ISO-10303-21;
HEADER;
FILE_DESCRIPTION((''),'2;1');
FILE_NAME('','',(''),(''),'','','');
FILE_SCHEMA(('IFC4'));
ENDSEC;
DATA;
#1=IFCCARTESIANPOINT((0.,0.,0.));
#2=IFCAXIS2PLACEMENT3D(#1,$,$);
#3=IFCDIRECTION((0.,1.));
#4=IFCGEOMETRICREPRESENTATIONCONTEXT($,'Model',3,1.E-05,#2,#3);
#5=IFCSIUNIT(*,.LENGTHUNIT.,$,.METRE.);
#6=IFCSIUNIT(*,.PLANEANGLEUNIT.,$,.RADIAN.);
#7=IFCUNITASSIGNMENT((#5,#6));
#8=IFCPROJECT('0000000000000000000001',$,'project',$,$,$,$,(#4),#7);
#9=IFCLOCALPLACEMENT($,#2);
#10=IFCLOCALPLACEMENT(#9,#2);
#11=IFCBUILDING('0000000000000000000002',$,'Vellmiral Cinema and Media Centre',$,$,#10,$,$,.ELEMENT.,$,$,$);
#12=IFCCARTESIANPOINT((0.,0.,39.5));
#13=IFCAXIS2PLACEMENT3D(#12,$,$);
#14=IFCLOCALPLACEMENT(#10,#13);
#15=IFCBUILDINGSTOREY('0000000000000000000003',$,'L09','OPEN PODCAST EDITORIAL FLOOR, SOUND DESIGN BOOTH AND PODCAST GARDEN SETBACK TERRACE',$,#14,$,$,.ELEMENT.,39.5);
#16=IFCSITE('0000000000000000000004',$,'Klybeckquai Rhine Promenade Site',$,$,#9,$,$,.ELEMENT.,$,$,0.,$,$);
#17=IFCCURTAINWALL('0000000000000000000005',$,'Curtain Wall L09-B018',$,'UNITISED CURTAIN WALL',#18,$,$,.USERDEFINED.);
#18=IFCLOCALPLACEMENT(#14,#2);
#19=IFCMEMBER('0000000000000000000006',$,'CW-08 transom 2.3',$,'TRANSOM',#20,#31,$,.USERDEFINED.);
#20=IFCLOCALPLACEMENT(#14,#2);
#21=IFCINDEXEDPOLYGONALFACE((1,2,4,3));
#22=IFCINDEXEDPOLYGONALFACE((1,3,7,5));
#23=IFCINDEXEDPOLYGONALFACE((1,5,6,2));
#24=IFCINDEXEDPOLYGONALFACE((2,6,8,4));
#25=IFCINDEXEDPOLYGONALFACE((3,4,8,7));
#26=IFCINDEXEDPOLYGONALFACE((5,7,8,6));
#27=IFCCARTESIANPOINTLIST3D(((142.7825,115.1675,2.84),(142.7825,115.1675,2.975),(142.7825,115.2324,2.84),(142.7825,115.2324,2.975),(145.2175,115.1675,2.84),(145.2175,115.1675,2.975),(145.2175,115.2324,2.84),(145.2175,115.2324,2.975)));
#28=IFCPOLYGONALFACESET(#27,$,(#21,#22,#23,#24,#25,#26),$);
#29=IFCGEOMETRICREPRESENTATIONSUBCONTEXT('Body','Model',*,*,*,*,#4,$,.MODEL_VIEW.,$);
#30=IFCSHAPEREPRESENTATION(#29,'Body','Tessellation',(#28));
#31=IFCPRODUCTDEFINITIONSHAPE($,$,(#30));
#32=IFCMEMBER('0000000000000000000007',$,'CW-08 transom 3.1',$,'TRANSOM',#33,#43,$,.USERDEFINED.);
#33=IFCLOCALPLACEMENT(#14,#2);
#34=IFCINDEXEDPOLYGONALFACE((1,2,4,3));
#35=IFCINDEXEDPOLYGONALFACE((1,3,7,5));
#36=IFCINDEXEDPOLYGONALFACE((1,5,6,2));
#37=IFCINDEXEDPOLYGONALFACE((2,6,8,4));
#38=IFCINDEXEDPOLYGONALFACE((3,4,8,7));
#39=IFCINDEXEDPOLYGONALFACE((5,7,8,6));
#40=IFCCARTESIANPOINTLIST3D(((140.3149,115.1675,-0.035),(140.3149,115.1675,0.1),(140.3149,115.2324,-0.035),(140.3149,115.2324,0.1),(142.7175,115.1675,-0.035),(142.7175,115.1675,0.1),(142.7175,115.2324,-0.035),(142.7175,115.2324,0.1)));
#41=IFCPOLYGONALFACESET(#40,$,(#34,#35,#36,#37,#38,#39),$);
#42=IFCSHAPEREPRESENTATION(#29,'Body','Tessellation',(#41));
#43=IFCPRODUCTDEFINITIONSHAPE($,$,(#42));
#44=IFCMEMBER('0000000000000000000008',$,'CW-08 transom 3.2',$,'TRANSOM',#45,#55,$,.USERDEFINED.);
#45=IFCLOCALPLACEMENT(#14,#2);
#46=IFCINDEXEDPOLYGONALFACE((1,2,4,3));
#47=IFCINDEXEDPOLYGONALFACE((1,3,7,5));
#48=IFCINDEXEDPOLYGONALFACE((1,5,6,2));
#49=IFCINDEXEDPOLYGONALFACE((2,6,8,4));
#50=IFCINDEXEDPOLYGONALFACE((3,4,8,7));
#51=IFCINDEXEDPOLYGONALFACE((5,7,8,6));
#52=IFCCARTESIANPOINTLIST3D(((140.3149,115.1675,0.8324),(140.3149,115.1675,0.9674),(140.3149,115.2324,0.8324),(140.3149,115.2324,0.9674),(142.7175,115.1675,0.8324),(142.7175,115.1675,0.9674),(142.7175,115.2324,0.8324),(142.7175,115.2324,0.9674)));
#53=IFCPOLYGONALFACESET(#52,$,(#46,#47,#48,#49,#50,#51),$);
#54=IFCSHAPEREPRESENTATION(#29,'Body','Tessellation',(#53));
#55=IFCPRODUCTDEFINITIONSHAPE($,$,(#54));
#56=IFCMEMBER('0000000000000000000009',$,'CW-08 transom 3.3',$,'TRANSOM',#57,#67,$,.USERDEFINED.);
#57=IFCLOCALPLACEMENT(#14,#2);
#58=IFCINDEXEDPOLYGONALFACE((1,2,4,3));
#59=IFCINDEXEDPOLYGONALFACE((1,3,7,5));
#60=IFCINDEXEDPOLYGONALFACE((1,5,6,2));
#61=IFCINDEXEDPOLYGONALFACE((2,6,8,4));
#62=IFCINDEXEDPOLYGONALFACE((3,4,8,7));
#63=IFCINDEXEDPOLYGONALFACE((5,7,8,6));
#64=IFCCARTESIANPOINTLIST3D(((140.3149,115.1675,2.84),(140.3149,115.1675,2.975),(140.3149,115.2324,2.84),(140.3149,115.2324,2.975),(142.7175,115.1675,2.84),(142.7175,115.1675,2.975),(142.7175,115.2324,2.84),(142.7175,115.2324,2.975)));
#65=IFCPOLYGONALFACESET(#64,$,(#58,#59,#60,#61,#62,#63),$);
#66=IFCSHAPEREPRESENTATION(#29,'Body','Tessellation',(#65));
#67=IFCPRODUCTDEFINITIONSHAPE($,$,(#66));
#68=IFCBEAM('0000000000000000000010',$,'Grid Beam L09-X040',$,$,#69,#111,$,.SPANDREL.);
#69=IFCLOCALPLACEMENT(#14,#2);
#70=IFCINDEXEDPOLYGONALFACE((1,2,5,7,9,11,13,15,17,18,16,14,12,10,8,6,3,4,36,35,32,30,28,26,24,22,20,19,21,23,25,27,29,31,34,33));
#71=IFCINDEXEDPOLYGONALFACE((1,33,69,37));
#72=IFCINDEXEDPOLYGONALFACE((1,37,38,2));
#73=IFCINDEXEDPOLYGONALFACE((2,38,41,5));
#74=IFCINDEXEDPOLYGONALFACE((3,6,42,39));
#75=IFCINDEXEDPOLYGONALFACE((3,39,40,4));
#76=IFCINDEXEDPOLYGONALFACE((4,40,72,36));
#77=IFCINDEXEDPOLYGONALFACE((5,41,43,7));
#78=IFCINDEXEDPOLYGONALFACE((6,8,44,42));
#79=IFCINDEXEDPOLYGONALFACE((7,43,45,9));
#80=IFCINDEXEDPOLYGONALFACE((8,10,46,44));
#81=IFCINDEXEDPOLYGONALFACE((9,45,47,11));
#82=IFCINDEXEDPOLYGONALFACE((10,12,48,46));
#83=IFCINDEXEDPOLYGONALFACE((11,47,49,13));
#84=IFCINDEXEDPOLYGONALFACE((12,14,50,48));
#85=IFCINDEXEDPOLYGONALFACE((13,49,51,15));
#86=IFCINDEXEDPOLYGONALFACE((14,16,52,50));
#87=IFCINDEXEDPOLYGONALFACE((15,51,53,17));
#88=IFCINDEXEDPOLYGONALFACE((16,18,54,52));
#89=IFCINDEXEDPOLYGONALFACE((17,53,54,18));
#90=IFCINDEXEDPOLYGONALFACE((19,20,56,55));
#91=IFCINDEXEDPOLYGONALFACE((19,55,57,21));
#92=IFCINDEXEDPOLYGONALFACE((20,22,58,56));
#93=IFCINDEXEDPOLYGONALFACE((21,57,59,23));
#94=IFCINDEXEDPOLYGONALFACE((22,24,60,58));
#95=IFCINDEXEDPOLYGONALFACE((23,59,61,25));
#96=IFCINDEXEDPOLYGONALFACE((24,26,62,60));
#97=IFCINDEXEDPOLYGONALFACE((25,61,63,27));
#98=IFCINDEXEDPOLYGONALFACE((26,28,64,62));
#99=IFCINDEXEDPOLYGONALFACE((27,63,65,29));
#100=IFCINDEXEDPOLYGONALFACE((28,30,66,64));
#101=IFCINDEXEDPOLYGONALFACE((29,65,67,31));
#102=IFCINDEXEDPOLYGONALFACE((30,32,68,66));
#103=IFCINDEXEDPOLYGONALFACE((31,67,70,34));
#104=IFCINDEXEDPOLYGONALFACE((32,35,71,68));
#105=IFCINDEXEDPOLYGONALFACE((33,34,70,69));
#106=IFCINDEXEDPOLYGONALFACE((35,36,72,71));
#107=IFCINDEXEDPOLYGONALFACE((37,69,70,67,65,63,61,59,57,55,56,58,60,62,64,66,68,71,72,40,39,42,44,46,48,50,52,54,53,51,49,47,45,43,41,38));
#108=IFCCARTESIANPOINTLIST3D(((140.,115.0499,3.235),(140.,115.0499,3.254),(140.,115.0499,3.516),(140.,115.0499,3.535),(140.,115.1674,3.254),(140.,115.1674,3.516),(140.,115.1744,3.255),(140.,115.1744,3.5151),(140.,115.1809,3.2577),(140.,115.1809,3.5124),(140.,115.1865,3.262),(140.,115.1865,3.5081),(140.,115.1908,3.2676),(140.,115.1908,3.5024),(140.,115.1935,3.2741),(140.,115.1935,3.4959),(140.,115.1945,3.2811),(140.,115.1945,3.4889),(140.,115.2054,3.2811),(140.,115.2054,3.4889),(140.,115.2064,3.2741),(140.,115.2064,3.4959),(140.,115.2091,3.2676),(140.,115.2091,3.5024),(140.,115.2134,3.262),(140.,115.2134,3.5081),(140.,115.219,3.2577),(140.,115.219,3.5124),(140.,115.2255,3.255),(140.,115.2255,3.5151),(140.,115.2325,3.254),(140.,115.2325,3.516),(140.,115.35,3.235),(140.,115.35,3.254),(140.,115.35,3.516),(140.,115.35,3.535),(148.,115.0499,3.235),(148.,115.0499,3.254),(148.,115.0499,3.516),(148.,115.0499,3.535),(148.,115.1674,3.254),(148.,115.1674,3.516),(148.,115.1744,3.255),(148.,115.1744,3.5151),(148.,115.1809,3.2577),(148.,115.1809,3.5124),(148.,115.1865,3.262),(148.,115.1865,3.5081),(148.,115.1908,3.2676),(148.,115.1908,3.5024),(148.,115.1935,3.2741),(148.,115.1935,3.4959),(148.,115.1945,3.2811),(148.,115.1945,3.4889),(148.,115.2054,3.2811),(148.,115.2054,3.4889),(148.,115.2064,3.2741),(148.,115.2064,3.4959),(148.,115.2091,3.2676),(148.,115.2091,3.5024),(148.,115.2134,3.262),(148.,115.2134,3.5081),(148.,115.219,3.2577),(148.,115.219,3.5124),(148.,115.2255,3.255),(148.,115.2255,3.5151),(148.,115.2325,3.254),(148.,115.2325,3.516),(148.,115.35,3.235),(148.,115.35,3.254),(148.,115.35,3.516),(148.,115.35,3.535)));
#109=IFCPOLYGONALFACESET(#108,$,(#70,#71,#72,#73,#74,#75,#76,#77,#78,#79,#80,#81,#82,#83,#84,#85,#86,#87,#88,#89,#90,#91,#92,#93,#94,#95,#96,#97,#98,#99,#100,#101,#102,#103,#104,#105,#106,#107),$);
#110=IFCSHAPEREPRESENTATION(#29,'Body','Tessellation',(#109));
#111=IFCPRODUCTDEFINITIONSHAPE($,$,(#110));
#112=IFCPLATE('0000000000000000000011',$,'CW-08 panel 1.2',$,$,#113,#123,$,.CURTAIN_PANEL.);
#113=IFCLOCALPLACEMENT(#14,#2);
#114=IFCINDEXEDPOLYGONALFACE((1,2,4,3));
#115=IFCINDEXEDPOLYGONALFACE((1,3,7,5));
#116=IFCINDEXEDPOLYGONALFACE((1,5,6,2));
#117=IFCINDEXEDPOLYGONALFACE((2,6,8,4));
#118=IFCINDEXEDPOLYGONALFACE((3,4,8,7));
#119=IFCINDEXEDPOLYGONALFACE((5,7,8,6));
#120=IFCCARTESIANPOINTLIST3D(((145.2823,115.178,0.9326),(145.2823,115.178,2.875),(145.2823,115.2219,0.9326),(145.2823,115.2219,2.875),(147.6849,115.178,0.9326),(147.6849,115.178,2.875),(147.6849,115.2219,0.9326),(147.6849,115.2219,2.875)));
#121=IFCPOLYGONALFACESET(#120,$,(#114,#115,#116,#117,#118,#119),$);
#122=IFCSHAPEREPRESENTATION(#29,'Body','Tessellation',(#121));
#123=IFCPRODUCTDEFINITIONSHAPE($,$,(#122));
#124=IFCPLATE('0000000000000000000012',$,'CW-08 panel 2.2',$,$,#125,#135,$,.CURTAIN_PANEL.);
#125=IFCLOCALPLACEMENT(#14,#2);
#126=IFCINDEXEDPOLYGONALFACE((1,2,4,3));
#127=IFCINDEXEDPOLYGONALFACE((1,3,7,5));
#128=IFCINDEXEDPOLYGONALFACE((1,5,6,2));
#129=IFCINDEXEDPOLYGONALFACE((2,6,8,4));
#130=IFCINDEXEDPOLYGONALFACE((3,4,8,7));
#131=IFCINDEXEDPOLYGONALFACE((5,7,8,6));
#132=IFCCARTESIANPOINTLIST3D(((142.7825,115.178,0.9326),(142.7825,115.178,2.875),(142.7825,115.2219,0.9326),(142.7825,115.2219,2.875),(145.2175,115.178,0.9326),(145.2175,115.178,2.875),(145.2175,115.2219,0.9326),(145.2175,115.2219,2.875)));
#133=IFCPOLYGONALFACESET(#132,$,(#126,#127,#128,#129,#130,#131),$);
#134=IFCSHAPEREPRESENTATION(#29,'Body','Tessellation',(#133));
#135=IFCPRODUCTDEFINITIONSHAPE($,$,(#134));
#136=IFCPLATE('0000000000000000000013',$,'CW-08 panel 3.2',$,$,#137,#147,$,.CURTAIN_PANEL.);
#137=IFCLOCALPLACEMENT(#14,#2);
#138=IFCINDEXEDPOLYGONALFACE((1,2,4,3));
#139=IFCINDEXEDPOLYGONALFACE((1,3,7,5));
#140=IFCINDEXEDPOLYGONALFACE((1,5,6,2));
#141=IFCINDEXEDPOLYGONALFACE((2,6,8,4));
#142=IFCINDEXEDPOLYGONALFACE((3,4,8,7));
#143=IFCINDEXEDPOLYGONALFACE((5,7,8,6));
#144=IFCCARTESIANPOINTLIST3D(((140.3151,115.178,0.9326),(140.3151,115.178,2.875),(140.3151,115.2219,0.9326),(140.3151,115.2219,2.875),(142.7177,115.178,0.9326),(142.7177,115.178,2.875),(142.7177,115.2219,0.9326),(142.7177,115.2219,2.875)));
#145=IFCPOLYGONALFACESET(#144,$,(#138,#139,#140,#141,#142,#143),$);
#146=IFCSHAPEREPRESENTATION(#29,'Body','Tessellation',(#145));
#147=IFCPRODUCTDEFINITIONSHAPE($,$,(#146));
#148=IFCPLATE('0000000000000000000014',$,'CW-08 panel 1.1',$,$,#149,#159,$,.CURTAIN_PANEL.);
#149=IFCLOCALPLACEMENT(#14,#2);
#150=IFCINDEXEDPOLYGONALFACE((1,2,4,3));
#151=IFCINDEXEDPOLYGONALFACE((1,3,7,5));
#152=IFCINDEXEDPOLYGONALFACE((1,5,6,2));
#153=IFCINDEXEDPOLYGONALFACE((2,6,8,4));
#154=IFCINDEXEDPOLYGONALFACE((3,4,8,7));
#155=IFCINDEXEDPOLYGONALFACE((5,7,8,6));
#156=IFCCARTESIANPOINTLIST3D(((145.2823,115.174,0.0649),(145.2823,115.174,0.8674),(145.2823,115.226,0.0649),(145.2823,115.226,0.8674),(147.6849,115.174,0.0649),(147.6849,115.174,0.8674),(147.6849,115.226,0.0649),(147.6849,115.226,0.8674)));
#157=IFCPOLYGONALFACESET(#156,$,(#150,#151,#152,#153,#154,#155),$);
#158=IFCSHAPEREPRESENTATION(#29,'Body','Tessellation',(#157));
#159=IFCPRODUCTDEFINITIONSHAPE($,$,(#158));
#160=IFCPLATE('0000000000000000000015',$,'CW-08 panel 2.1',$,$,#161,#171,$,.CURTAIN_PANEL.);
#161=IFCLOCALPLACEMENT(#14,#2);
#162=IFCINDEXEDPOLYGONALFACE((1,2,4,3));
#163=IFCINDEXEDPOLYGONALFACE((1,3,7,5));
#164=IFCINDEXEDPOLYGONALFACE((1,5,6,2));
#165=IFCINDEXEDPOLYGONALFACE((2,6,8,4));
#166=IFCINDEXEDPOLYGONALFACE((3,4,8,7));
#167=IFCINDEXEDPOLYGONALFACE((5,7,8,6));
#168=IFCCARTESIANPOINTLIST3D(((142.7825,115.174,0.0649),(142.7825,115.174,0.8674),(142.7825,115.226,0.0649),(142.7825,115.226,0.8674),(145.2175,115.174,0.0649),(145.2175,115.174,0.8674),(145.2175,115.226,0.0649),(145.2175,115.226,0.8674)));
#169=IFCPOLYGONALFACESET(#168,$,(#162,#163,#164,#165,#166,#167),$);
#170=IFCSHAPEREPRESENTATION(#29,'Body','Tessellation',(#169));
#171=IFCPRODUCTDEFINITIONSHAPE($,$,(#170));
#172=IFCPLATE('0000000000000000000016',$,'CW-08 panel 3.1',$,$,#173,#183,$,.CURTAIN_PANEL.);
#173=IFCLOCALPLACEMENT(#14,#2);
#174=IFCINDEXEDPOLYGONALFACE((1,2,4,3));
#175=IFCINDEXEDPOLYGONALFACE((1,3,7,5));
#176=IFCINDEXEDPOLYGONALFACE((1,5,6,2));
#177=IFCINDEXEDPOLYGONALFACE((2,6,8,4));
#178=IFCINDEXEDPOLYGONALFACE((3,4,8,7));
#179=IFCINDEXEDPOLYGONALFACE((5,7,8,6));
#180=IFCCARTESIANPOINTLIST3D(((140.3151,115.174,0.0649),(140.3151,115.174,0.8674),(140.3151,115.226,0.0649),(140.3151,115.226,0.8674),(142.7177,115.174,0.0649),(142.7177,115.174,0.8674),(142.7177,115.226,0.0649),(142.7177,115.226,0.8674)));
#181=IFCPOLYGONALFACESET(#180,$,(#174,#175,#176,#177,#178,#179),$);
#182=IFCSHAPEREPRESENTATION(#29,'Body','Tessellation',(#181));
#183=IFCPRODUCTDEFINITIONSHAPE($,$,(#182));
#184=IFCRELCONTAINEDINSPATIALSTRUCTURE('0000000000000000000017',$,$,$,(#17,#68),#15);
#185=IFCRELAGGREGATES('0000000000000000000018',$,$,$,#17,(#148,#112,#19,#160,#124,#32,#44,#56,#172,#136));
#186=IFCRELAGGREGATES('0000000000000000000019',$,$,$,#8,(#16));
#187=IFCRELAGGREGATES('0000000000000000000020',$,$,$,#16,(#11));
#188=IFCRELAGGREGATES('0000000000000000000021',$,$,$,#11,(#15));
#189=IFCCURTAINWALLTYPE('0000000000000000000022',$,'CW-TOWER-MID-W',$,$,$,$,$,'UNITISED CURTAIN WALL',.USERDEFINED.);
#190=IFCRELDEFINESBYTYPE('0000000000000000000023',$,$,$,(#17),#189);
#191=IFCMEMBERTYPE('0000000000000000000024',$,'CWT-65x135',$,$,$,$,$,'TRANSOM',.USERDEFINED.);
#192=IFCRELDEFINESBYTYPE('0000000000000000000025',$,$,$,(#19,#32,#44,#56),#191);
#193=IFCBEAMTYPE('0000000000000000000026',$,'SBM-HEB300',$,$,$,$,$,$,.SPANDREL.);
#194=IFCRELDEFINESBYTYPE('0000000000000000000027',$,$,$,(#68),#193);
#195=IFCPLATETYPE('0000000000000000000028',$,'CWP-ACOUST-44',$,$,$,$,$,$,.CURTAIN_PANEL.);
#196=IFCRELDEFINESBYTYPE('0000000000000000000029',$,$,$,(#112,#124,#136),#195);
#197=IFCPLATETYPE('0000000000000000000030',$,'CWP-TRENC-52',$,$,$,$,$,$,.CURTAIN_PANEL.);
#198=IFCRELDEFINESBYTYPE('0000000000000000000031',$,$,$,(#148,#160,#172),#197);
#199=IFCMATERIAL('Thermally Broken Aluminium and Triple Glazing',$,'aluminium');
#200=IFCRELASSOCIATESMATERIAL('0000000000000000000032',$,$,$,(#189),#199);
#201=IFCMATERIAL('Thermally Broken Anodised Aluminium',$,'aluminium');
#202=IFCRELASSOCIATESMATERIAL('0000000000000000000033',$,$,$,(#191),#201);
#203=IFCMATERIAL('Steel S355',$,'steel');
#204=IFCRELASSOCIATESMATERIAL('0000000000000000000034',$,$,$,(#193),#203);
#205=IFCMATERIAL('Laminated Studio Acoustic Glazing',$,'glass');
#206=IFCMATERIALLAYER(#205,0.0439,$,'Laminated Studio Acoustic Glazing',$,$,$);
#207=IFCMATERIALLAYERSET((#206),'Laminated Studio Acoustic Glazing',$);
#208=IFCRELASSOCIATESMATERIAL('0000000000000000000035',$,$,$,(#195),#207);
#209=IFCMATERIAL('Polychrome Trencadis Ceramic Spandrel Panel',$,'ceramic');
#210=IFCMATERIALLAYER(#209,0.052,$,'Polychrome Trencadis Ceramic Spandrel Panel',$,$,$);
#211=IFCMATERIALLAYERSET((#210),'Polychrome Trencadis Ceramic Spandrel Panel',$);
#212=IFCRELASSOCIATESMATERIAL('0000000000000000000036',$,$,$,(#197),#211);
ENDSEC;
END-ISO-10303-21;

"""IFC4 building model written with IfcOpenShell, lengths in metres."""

from ifc_helpers import new_model, si_unit, direction, frame, origin, origin_2d, place, context, subcontext, project, spatial, rectangle, i_section, extrude, material, layer, layer_set, material_profile, profile_set, type_object, element, aggregate, save


model = new_model("IFC4")

# Units and contexts
model_context = context("Model", 3, precision=1e-05, world=origin(), true_north=direction((0.0, 1.0)))
body_context = subcontext(model_context, "Body", "Model", "MODEL_VIEW")
ifc_project = project(units=[si_unit("LENGTHUNIT", "METRE"), si_unit("PLANEANGLEUNIT", "RADIAN")], contexts=[model_context])

# Site, building, storey
site_placement = place(None, origin())
site = spatial("IfcSite", under=ifc_project, at=site_placement, Name="Klybeckquai Rhine Promenade Site", CompositionType="ELEMENT", RefElevation=0.0)
building_placement = place(site_placement, origin())
building = spatial("IfcBuilding", under=site, at=building_placement, Name="Vellmiral Cinema and Media Centre", CompositionType="ELEMENT")
storey_placement = place(building_placement, frame((0.0, 0.0, 39.5)))
storey = spatial("IfcBuildingStorey", under=building, at=storey_placement, Name="L09", Description="OPEN PODCAST EDITORIAL FLOOR, SOUND DESIGN BOOTH AND PODCAST GARDEN SETBACK TERRACE", CompositionType="ELEMENT", Elevation=39.5)

# Curtain wall, members
ifc_material_1 = material(Name="Thermally Broken Aluminium and Triple Glazing", Category="aluminium")
curtain_wall_type = type_object("IfcCurtainWallType", Name="CW-TOWER-MID-W", ElementType="UNITISED CURTAIN WALL", PredefinedType="USERDEFINED", material=ifc_material_1)
curtain_wall_placement = place(storey_placement, origin())
curtain_wall = element("IfcCurtainWall", 1, at=curtain_wall_placement, inside=storey, type_object=curtain_wall_type, Name="Curtain Wall L09-B018", ObjectType="UNITISED CURTAIN WALL", PredefinedType="USERDEFINED")
ifc_material_2 = material(Name="Thermally Broken Anodised Aluminium", Category="aluminium")
ifc_material_profile_1 = material_profile(ifc_material_2, rectangle(XDim=0.0649, YDim=0.135, at=origin_2d()), Name="MULL 65x135")
ifc_profile_set_1 = profile_set([ifc_material_profile_1], Name="Thermally Broken Anodised Aluminium")
member_type_1 = type_object("IfcMemberType", Name="CWT-65x135", ElementType="TRANSOM", PredefinedType="USERDEFINED", material=ifc_profile_set_1)
member_1_placement = place(storey_placement, frame((145.2175, 115.2, 2.9075), z_axis=(-1.0, 0.0, 0.0), x_axis=(0.0, -1.0, 0.0)))
member_1 = element("IfcMember", 2, at=member_1_placement, type_object=member_type_1, Name="CW-08 transom 2.3", ObjectType="TRANSOM", PredefinedType="USERDEFINED", context=body_context, shape_type="SweptSolid", body=[
    extrude(rectangle(XDim=0.0649, YDim=0.135, at=origin_2d()), origin(), (0.0, 0.0, 1.0), 2.4351),
])
member_2_placement = place(storey_placement, frame((142.7175, 115.2, 0.0325), z_axis=(-1.0, 0.0, 0.0), x_axis=(0.0, -1.0, 0.0)))
member_2 = element("IfcMember", 3, at=member_2_placement, type_object=member_type_1, Name="CW-08 transom 3.1", ObjectType="TRANSOM", PredefinedType="USERDEFINED", context=body_context, shape_type="SweptSolid", body=[
    extrude(rectangle(XDim=0.0649, YDim=0.135, at=origin_2d()), origin(), (0.0, 0.0, 1.0), 2.4026),
])
member_3_placement = place(storey_placement, frame((142.7175, 115.2, 0.8999), z_axis=(-1.0, 0.0, 0.0), x_axis=(0.0, -1.0, 0.0)))
member_3 = element("IfcMember", 4, at=member_3_placement, type_object=member_type_1, Name="CW-08 transom 3.2", ObjectType="TRANSOM", PredefinedType="USERDEFINED", context=body_context, shape_type="SweptSolid", body=[
    extrude(rectangle(XDim=0.0649, YDim=0.135, at=origin_2d()), origin(), (0.0, 0.0, 1.0), 2.4026),
])
member_4_placement = place(storey_placement, frame((142.7175, 115.2, 2.9075), z_axis=(-1.0, 0.0, 0.0), x_axis=(0.0, -1.0, 0.0)))
member_4 = element("IfcMember", 5, at=member_4_placement, type_object=member_type_1, Name="CW-08 transom 3.3", ObjectType="TRANSOM", PredefinedType="USERDEFINED", context=body_context, shape_type="SweptSolid", body=[
    extrude(rectangle(XDim=0.0649, YDim=0.135, at=origin_2d()), origin(), (0.0, 0.0, 1.0), 2.4026),
])

# Beam
ifc_material_3 = material(Name="Steel S355", Category="steel")
ifc_material_profile_2 = material_profile(ifc_material_3, i_section(OverallWidth=0.3, OverallDepth=0.3, WebThickness=0.011, FlangeThickness=0.019, FilletRadius=0.0271, at=origin_2d()), Name="HEB 300")
ifc_profile_set_2 = profile_set([ifc_material_profile_2], Name="Steel S355")
beam_type_1 = type_object("IfcBeamType", Name="SBM-HEB300", PredefinedType="SPANDREL", material=ifc_profile_set_2)
beam_1_placement = place(storey_placement, frame((140.0, 115.2, 3.385), z_axis=(1.0, 0.0, 0.0), x_axis=(0.0, 1.0, 0.0)))
element("IfcBeam", 6, at=beam_1_placement, inside=storey, type_object=beam_type_1, Name="Grid Beam L09-X040", PredefinedType="SPANDREL", context=body_context, shape_type="SweptSolid", body=[
    extrude(i_section(OverallWidth=0.3, OverallDepth=0.3, WebThickness=0.011, FlangeThickness=0.019, FilletRadius=0.0271, at=origin_2d()), origin(), (0.0, 0.0, 1.0), 8.0),
])

# Plates
ifc_material_4 = material(Name="Laminated Studio Acoustic Glazing", Category="glass")
ifc_layer_1 = layer(ifc_material_4, 0.0439, Name="Laminated Studio Acoustic Glazing")
ifc_layer_set_1 = layer_set([ifc_layer_1], Name="Laminated Studio Acoustic Glazing")
plate_type_1 = type_object("IfcPlateType", Name="CWP-ACOUST-44", PredefinedType="CURTAIN_PANEL", material=ifc_layer_set_1)
plate_1_placement = place(storey_placement, frame((146.4836, 115.2, 0.9326), z_axis=(0.0, 0.0, 1.0), x_axis=(-1.0, 0.0, 0.0)))
plate_1 = element("IfcPlate", 7, at=plate_1_placement, type_object=plate_type_1, Name="CW-08 panel 1.2", PredefinedType="CURTAIN_PANEL", context=body_context, shape_type="SweptSolid", body=[
    extrude(rectangle(XDim=2.4026, YDim=0.0439, at=origin_2d()), origin(), (0.0, 0.0, 1.0), 1.9424),
])
plate_2_placement = place(storey_placement, frame((144.0, 115.2, 0.9326), z_axis=(0.0, 0.0, 1.0), x_axis=(-1.0, 0.0, 0.0)))
plate_2 = element("IfcPlate", 8, at=plate_2_placement, type_object=plate_type_1, Name="CW-08 panel 2.2", PredefinedType="CURTAIN_PANEL", context=body_context, shape_type="SweptSolid", body=[
    extrude(rectangle(XDim=2.4351, YDim=0.0439, at=origin_2d()), origin(), (0.0, 0.0, 1.0), 1.9424),
])
plate_3_placement = place(storey_placement, frame((141.5164, 115.2, 0.9326), z_axis=(0.0, 0.0, 1.0), x_axis=(-1.0, 0.0, 0.0)))
plate_3 = element("IfcPlate", 9, at=plate_3_placement, type_object=plate_type_1, Name="CW-08 panel 3.2", PredefinedType="CURTAIN_PANEL", context=body_context, shape_type="SweptSolid", body=[
    extrude(rectangle(XDim=2.4026, YDim=0.0439, at=origin_2d()), origin(), (0.0, 0.0, 1.0), 1.9424),
])
ifc_material_5 = material(Name="Polychrome Trencadis Ceramic Spandrel Panel", Category="ceramic")
ifc_layer_2 = layer(ifc_material_5, 0.052, Name="Polychrome Trencadis Ceramic Spandrel Panel")
ifc_layer_set_2 = layer_set([ifc_layer_2], Name="Polychrome Trencadis Ceramic Spandrel Panel")
plate_type_2 = type_object("IfcPlateType", Name="CWP-TRENC-52", PredefinedType="CURTAIN_PANEL", material=ifc_layer_set_2)
plate_4_placement = place(storey_placement, frame((146.4836, 115.2, 0.0649), z_axis=(0.0, 0.0, 1.0), x_axis=(-1.0, 0.0, 0.0)))
plate_4 = element("IfcPlate", 10, at=plate_4_placement, type_object=plate_type_2, Name="CW-08 panel 1.1", PredefinedType="CURTAIN_PANEL", context=body_context, shape_type="SweptSolid", body=[
    extrude(rectangle(XDim=2.4026, YDim=0.052, at=origin_2d()), origin(), (0.0, 0.0, 1.0), 0.8025),
])
plate_5_placement = place(storey_placement, frame((144.0, 115.2, 0.0649), z_axis=(0.0, 0.0, 1.0), x_axis=(-1.0, 0.0, 0.0)))
plate_5 = element("IfcPlate", 11, at=plate_5_placement, type_object=plate_type_2, Name="CW-08 panel 2.1", PredefinedType="CURTAIN_PANEL", context=body_context, shape_type="SweptSolid", body=[
    extrude(rectangle(XDim=2.4351, YDim=0.052, at=origin_2d()), origin(), (0.0, 0.0, 1.0), 0.8025),
])
plate_6_placement = place(storey_placement, frame((141.5164, 115.2, 0.0649), z_axis=(0.0, 0.0, 1.0), x_axis=(-1.0, 0.0, 0.0)))
plate_6 = element("IfcPlate", 12, at=plate_6_placement, type_object=plate_type_2, Name="CW-08 panel 3.1", PredefinedType="CURTAIN_PANEL", context=body_context, shape_type="SweptSolid", body=[
    extrude(rectangle(XDim=2.4026, YDim=0.052, at=origin_2d()), origin(), (0.0, 0.0, 1.0), 0.8025),
])
aggregate(curtain_wall, [plate_4, plate_1, member_1, plate_5, plate_2, member_2, member_3, member_4, plate_6, plate_3])

save(model, "model.ifc")
